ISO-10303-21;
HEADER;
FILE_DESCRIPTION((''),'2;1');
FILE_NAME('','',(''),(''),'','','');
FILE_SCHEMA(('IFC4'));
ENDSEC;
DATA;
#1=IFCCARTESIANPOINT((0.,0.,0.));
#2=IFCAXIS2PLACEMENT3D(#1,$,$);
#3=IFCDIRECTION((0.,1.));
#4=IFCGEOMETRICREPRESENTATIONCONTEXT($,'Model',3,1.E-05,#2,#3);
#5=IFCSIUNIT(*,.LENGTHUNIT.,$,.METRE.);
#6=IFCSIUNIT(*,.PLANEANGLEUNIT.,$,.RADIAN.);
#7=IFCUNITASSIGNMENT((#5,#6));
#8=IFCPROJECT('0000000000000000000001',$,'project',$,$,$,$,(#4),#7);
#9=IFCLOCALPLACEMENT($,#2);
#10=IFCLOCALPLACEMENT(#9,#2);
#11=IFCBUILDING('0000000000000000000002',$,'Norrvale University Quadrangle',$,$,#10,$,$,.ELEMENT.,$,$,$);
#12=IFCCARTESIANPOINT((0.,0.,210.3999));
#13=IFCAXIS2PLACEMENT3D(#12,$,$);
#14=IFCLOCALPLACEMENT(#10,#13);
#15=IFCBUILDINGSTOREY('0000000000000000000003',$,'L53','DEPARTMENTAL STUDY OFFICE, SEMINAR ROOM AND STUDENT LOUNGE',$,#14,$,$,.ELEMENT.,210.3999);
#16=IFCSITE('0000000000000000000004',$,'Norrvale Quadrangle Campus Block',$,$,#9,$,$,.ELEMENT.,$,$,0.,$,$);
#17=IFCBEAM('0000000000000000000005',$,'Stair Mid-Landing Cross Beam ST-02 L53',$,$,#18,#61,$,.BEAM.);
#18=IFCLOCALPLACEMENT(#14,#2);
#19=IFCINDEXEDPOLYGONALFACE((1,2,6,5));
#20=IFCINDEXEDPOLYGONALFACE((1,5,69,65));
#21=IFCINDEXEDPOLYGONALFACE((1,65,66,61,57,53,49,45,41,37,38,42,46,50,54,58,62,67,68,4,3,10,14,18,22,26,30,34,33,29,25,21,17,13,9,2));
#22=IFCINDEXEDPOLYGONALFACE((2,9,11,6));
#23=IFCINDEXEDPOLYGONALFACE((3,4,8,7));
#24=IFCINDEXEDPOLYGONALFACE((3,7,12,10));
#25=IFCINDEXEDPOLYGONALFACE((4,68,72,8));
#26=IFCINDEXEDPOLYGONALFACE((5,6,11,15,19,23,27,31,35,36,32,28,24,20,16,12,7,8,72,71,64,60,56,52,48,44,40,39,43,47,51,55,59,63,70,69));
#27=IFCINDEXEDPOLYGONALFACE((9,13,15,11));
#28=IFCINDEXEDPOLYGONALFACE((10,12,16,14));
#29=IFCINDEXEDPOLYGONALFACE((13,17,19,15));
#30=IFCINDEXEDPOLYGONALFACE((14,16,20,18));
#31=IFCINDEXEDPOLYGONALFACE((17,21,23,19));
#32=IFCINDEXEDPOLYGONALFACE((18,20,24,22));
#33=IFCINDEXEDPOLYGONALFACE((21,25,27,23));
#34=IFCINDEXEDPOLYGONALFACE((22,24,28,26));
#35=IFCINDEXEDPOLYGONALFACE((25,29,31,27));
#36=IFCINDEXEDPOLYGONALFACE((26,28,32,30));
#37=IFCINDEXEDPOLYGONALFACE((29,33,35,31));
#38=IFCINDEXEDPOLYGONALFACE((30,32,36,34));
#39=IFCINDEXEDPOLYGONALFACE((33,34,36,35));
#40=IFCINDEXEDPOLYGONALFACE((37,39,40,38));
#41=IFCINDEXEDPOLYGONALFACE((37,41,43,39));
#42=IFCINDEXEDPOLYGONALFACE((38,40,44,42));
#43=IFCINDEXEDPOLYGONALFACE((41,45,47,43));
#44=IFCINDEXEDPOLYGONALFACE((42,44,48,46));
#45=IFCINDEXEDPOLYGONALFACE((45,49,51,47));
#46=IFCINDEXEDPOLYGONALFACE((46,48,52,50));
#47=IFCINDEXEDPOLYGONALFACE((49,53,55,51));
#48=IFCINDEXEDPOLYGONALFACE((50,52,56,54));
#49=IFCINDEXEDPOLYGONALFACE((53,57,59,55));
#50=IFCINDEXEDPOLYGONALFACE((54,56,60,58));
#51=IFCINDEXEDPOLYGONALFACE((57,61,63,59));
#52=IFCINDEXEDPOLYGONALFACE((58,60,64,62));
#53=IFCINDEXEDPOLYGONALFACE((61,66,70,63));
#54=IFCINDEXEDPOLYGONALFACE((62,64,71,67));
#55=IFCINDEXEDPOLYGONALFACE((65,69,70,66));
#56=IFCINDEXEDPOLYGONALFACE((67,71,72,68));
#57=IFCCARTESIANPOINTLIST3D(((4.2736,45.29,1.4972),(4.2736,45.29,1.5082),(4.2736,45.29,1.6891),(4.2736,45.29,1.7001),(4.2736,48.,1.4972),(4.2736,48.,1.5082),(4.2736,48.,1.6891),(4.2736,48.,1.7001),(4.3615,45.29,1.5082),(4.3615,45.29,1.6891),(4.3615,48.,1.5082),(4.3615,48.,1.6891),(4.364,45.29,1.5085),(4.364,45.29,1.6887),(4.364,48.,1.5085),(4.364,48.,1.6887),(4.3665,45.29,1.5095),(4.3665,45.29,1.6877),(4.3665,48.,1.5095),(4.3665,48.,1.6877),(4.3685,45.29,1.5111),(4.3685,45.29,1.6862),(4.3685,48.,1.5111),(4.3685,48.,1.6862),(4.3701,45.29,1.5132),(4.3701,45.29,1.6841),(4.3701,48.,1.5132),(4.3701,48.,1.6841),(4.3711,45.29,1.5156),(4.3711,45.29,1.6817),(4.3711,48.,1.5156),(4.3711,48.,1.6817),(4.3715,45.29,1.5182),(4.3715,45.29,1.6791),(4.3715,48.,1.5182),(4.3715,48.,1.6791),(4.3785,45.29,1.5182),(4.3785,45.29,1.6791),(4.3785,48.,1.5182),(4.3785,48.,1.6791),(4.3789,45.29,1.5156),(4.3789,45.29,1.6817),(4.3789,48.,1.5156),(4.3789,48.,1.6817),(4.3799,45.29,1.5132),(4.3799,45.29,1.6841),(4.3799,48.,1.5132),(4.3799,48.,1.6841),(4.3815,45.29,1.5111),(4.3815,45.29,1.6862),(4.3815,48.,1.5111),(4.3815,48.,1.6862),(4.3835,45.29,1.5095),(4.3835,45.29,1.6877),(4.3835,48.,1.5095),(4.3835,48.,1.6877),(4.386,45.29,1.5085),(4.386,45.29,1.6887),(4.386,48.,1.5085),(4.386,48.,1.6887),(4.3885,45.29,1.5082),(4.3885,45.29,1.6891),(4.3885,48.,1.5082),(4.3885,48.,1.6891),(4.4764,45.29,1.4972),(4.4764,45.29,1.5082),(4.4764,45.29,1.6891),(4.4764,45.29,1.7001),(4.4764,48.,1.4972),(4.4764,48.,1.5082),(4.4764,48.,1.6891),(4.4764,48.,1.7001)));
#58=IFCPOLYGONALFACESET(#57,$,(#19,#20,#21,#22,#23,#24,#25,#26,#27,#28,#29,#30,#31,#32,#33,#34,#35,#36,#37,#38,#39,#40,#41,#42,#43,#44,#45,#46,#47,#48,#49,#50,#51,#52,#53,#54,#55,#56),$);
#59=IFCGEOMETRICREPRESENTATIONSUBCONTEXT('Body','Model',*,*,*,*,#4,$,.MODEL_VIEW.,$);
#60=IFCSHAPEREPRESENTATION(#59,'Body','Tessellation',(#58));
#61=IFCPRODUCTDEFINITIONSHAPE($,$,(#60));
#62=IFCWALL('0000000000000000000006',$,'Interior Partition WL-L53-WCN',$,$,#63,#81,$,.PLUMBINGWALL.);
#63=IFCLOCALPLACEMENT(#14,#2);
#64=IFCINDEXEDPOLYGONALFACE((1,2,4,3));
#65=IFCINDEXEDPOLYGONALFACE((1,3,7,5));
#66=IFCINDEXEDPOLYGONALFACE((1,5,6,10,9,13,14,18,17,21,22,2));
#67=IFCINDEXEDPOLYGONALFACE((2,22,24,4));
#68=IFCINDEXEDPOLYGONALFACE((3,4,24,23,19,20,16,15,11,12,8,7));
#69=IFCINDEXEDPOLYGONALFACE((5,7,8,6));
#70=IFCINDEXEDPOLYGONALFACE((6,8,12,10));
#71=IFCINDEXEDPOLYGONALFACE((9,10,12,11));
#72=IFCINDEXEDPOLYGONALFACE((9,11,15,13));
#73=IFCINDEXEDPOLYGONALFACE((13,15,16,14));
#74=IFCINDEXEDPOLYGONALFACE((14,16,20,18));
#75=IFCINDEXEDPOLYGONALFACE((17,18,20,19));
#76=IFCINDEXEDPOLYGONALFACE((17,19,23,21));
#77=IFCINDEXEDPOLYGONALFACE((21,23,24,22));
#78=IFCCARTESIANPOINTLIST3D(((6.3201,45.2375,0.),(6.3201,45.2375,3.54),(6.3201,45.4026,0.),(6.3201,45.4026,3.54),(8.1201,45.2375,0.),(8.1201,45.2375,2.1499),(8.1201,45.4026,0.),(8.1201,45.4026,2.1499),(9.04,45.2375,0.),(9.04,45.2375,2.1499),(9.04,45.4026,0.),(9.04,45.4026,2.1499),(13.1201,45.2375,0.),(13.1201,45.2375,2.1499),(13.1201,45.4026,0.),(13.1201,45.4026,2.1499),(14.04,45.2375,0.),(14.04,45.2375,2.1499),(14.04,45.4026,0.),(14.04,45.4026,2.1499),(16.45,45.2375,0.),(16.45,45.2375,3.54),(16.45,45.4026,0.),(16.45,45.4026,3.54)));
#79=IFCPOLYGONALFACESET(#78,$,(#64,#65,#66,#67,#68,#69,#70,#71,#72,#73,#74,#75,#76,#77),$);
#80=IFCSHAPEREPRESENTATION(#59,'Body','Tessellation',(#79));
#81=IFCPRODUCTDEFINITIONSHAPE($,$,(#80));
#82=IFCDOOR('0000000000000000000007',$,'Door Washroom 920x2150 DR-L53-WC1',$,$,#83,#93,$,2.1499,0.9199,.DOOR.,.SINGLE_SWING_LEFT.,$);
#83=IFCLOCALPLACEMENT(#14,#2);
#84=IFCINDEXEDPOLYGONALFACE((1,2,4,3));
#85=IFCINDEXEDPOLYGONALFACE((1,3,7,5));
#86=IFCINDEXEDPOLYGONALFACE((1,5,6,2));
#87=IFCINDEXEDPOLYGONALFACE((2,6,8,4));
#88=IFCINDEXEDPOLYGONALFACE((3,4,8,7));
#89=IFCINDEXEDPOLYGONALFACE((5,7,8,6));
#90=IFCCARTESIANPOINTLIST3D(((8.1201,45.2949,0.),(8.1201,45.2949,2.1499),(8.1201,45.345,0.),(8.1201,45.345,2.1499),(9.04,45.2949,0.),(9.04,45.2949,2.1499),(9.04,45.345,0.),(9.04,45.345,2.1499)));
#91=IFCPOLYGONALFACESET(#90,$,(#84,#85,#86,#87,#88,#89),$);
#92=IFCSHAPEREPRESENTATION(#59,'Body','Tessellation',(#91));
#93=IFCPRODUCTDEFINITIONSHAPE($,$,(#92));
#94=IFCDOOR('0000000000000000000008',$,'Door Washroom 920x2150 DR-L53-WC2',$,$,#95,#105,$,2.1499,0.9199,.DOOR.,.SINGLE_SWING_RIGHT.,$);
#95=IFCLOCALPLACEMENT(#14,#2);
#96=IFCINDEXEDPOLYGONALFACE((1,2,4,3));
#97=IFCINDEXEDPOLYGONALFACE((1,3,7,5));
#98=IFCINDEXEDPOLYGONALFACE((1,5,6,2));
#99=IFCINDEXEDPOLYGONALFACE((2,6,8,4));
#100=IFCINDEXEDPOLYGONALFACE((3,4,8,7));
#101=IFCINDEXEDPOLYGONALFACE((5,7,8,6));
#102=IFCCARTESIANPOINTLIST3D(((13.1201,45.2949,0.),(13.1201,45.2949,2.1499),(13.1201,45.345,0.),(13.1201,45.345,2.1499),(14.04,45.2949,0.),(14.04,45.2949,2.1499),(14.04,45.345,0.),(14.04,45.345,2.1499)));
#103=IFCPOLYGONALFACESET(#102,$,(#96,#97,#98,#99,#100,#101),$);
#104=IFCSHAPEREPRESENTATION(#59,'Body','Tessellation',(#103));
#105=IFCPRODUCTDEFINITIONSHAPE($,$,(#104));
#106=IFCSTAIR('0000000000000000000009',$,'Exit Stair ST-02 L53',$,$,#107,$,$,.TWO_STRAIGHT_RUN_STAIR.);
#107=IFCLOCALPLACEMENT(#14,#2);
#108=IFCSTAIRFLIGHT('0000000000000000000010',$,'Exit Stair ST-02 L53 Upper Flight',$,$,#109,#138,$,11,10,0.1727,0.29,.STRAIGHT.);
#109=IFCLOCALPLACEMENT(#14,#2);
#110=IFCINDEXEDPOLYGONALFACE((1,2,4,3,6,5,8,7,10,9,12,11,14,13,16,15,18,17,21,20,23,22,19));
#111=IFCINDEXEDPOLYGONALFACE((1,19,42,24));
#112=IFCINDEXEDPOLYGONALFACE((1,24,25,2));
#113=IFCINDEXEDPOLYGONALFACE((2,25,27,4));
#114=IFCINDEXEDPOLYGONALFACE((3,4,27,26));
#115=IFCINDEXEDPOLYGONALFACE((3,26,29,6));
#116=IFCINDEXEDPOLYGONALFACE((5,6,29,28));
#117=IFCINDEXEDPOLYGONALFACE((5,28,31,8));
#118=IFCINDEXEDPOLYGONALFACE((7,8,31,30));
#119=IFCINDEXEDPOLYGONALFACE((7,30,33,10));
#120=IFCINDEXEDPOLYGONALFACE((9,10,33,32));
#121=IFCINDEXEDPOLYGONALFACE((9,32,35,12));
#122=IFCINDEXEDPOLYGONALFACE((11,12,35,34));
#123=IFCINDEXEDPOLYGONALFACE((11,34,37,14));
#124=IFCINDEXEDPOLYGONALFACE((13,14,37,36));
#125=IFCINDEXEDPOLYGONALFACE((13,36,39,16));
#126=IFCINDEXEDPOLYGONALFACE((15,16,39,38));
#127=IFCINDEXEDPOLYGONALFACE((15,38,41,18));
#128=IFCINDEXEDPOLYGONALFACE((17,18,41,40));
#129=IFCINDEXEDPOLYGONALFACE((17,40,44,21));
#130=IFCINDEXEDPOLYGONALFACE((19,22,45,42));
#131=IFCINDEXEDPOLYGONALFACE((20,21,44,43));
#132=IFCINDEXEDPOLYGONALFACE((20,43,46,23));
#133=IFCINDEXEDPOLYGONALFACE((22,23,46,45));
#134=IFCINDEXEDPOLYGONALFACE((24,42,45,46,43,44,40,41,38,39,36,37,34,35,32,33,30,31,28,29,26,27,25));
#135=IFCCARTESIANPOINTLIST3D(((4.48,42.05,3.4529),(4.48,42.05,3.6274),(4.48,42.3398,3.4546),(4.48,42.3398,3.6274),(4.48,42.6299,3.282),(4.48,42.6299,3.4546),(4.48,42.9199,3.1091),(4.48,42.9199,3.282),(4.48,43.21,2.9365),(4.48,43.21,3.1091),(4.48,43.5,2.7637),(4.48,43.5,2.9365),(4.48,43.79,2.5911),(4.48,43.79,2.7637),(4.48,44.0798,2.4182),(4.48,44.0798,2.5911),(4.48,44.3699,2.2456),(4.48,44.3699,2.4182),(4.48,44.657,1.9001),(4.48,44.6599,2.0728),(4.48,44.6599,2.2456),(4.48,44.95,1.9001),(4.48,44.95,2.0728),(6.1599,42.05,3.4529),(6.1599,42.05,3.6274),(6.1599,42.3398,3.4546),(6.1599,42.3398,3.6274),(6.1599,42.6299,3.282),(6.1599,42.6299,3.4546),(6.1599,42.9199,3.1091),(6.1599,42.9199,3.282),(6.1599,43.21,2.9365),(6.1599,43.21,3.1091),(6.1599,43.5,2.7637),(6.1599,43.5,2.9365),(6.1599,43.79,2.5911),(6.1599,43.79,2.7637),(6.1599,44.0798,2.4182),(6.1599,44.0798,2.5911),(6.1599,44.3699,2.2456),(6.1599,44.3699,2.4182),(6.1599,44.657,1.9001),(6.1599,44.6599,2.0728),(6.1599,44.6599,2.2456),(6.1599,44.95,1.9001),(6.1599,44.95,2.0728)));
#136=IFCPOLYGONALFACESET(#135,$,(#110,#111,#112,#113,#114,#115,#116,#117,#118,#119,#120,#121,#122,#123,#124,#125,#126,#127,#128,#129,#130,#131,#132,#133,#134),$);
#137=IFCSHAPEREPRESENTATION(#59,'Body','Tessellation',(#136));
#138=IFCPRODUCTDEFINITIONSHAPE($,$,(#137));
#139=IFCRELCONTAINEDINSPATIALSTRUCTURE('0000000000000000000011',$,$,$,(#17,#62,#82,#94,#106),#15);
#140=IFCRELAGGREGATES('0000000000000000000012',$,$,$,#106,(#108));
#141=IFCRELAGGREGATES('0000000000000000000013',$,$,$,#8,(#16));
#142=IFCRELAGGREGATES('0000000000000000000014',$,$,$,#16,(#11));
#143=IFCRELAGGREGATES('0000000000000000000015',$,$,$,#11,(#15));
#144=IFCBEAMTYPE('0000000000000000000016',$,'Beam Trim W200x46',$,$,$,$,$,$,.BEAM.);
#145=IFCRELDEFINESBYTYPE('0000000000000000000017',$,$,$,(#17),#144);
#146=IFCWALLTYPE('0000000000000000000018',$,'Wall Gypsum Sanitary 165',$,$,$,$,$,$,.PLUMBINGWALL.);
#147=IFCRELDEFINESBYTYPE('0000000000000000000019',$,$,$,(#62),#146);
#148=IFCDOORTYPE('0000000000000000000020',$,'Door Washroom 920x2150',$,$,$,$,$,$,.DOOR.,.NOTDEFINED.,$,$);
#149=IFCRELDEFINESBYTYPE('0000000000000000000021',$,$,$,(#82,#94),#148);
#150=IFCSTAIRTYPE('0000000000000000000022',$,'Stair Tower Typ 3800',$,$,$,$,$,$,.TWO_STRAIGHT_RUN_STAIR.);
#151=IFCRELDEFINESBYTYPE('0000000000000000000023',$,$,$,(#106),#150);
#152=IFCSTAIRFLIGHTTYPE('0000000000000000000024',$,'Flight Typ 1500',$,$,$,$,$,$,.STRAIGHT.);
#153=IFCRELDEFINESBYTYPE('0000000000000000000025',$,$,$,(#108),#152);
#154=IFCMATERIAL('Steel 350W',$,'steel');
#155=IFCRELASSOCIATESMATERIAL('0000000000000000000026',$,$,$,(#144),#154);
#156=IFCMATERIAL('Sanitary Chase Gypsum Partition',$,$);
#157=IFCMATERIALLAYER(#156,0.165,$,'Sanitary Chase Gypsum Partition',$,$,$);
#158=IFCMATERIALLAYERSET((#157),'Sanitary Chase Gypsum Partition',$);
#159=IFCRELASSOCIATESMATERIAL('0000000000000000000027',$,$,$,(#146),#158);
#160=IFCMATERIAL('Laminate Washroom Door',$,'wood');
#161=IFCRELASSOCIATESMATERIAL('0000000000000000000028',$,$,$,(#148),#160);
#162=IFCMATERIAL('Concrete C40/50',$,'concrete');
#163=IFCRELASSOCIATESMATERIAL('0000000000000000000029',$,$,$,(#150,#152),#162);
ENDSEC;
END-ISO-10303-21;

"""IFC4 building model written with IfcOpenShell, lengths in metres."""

from ifc_helpers import new_model, si_unit, direction, frame, frame_2d, origin, origin_2d, place, context, subcontext, project, spatial, polyline, rectangle, i_section, outline, extrude, material, layer, layer_set, material_profile, profile_set, type_object, element, fill, aggregate, save


model = new_model("IFC4")

# Units and contexts
model_context = context("Model", 3, precision=1e-05, world=origin(), true_north=direction((0.0, 1.0)))
body_context = subcontext(model_context, "Body", "Model", "MODEL_VIEW")
ifc_project = project(units=[si_unit("LENGTHUNIT", "METRE"), si_unit("PLANEANGLEUNIT", "RADIAN")], contexts=[model_context])

# Site, building, storey
site_placement = place(None, origin())
site = spatial("IfcSite", under=ifc_project, at=site_placement, Name="Norrvale Quadrangle Campus Block", CompositionType="ELEMENT", RefElevation=0.0)
building_placement = place(site_placement, origin())
building = spatial("IfcBuilding", under=site, at=building_placement, Name="Norrvale University Quadrangle", CompositionType="ELEMENT")
storey_placement = place(building_placement, frame((0.0, 0.0, 210.3999)))
storey = spatial("IfcBuildingStorey", under=building, at=storey_placement, Name="L53", Description="DEPARTMENTAL STUDY OFFICE, SEMINAR ROOM AND STUDENT LOUNGE", CompositionType="ELEMENT", Elevation=210.3999)

# Beam
ifc_material_1 = material(Name="Steel 350W", Category="steel")
ifc_material_profile_1 = material_profile(ifc_material_1, i_section(OverallWidth=0.2029, OverallDepth=0.2029, WebThickness=0.0071, FlangeThickness=0.011, FilletRadius=0.01, at=origin_2d()), Name="Steel 350W")
ifc_profile_set_1 = profile_set([ifc_material_profile_1], Name="Steel 350W")
beam_type_1 = type_object("IfcBeamType", Name="Beam Trim W200x46", PredefinedType="BEAM", material=ifc_profile_set_1)
beam_1_placement = place(storey_placement, frame((4.375, 45.29, 1.5986), z_axis=(0.0, 1.0, 0.0), x_axis=(-1.0, 0.0, 0.0)))
element("IfcBeam", 1, at=beam_1_placement, inside=storey, type_object=beam_type_1, Name="Stair Mid-Landing Cross Beam ST-02 L53", PredefinedType="BEAM", context=body_context, shape_type="SweptSolid", body=[
    extrude(i_section(OverallWidth=0.2029, OverallDepth=0.2029, WebThickness=0.0071, FlangeThickness=0.011, FilletRadius=0.01, at=origin_2d()), origin(), (0.0, 0.0, 1.0), 2.71),
])

# Wall, openings, doors
ifc_material_2 = material(Name="Sanitary Chase Gypsum Partition")
ifc_layer = layer(ifc_material_2, 0.165, Name="Sanitary Chase Gypsum Partition")
ifc_layer_set = layer_set([ifc_layer], Name="Sanitary Chase Gypsum Partition")
wall_type = type_object("IfcWallType", Name="Wall Gypsum Sanitary 165", PredefinedType="PLUMBINGWALL", material=ifc_layer_set)
wall_placement = place(storey_placement, frame((6.3201, 45.3201, 0.0), z_axis=(0.0, 0.0, 1.0), x_axis=(1.0, 0.0, 0.0)))
wall = element("IfcWall", 2, at=wall_placement, inside=storey, type_object=wall_type, Name="Interior Partition WL-L53-WCN", PredefinedType="PLUMBINGWALL", context=body_context, shape_type="SweptSolid", body=[
    extrude(rectangle(XDim=10.1299, YDim=0.165, at=frame_2d((5.0649, 0.0))), origin(), (0.0, 0.0, 1.0), 3.54),
])
opening_1_placement = place(wall_placement, frame((1.8, 0.0, 0.0)))
opening_1 = element("IfcOpeningElement", 3, at=opening_1_placement, cuts=wall, PredefinedType="OPENING", context=body_context, shape_type="SweptSolid", body=[
    extrude(rectangle(XDim=0.9199, YDim=2.1499, at=frame_2d((0.46, 1.075))), frame((0.0, 0.0945, 0.0), z_axis=(0.0, -1.0, 0.0), x_axis=(1.0, 0.0, 0.0)), (0.0, 0.0, 1.0), 0.189),
])
opening_2_placement = place(wall_placement, frame((6.8, 0.0, 0.0)))
opening_2 = element("IfcOpeningElement", 4, at=opening_2_placement, cuts=wall, PredefinedType="OPENING", context=body_context, shape_type="SweptSolid", body=[
    extrude(rectangle(XDim=0.9199, YDim=2.1499, at=frame_2d((0.46, 1.075))), frame((0.0, 0.0945, 0.0), z_axis=(0.0, -1.0, 0.0), x_axis=(1.0, 0.0, 0.0)), (0.0, 0.0, 1.0), 0.189),
])
ifc_material_3 = material(Name="Laminate Washroom Door", Category="wood")
door_type = type_object("IfcDoorType", Name="Door Washroom 920x2150", OperationType="NOTDEFINED", PredefinedType="DOOR", material=ifc_material_3)
door_1_placement = place(opening_1_placement, origin())
door_1 = element("IfcDoor", 5, at=door_1_placement, inside=storey, type_object=door_type, Name="Door Washroom 920x2150 DR-L53-WC1", OperationType="SINGLE_SWING_LEFT", OverallHeight=2.1499, OverallWidth=0.9199, PredefinedType="DOOR", context=body_context, shape_type="SweptSolid", body=[
    extrude(rectangle(XDim=0.9199, YDim=2.1499, at=frame_2d((0.46, 1.075))), frame((0.0, 0.0249, 0.0), z_axis=(0.0, -1.0, 0.0), x_axis=(1.0, 0.0, 0.0)), (0.0, 0.0, 1.0), 0.05),
])
fill(opening_1, door_1)
door_2_placement = place(opening_2_placement, origin())
door_2 = element("IfcDoor", 6, at=door_2_placement, inside=storey, type_object=door_type, Name="Door Washroom 920x2150 DR-L53-WC2", OperationType="SINGLE_SWING_RIGHT", OverallHeight=2.1499, OverallWidth=0.9199, PredefinedType="DOOR", context=body_context, shape_type="SweptSolid", body=[
    extrude(rectangle(XDim=0.9199, YDim=2.1499, at=frame_2d((0.46, 1.075))), frame((0.0, 0.0249, 0.0), z_axis=(0.0, -1.0, 0.0), x_axis=(1.0, 0.0, 0.0)), (0.0, 0.0, 1.0), 0.05),
])
fill(opening_2, door_2)

# Stair, stair flight
ifc_material_4 = material(Name="Concrete C40/50", Category="concrete")
stair_type = type_object("IfcStairType", Name="Stair Tower Typ 3800", PredefinedType="TWO_STRAIGHT_RUN_STAIR", material=ifc_material_4)
stair_placement = place(storey_placement, origin())
stair = element("IfcStair", 7, at=stair_placement, inside=storey, type_object=stair_type, Name="Exit Stair ST-02 L53", PredefinedType="TWO_STRAIGHT_RUN_STAIR")
stair_flight_type = type_object("IfcStairFlightType", Name="Flight Typ 1500", PredefinedType="STRAIGHT", material=ifc_material_4)
stair_flight_placement = place(storey_placement, frame((5.3201, 44.95, 1.9001), z_axis=(0.0, 0.0, 1.0), x_axis=(0.0, -1.0, 0.0)))
stair_flight = element("IfcStairFlight", 8, at=stair_flight_placement, type_object=stair_flight_type, Name="Exit Stair ST-02 L53 Upper Flight", NumberOfRisers=11, NumberOfTreads=10, PredefinedType="STRAIGHT", RiserHeight=0.1727, TreadLength=0.29, context=body_context, shape_type="SweptSolid", body=[
    extrude(outline(polyline([(0.0, 0.0), (0.0, 0.1726), (0.29, 0.1726), (0.29, 0.3455), (0.5801, 0.3455), (0.5801, 0.5181), (0.8701, 0.5181), (0.8701, 0.6909), (1.1599, 0.6909), (1.1599, 0.8635), (1.45, 0.8635), (1.45, 1.0364), (1.74, 1.0364), (1.74, 1.209), (2.03, 1.209), (2.03, 1.3818), (2.3201, 1.3818), (2.3201, 1.5544), (2.6101, 1.5544), (2.6101, 1.7273), (2.8999, 1.7273), (2.8999, 1.8999), (2.8999, 1.5527), (0.293, 0.0), (0.0, 0.0)])), frame((0.0, 0.8398, 0.0), z_axis=(0.0, -1.0, 0.0), x_axis=(1.0, 0.0, 0.0)), (0.0, 0.0, 1.0), 1.6799),
])
aggregate(stair, [stair_flight])

save(model, "model.ifc")
